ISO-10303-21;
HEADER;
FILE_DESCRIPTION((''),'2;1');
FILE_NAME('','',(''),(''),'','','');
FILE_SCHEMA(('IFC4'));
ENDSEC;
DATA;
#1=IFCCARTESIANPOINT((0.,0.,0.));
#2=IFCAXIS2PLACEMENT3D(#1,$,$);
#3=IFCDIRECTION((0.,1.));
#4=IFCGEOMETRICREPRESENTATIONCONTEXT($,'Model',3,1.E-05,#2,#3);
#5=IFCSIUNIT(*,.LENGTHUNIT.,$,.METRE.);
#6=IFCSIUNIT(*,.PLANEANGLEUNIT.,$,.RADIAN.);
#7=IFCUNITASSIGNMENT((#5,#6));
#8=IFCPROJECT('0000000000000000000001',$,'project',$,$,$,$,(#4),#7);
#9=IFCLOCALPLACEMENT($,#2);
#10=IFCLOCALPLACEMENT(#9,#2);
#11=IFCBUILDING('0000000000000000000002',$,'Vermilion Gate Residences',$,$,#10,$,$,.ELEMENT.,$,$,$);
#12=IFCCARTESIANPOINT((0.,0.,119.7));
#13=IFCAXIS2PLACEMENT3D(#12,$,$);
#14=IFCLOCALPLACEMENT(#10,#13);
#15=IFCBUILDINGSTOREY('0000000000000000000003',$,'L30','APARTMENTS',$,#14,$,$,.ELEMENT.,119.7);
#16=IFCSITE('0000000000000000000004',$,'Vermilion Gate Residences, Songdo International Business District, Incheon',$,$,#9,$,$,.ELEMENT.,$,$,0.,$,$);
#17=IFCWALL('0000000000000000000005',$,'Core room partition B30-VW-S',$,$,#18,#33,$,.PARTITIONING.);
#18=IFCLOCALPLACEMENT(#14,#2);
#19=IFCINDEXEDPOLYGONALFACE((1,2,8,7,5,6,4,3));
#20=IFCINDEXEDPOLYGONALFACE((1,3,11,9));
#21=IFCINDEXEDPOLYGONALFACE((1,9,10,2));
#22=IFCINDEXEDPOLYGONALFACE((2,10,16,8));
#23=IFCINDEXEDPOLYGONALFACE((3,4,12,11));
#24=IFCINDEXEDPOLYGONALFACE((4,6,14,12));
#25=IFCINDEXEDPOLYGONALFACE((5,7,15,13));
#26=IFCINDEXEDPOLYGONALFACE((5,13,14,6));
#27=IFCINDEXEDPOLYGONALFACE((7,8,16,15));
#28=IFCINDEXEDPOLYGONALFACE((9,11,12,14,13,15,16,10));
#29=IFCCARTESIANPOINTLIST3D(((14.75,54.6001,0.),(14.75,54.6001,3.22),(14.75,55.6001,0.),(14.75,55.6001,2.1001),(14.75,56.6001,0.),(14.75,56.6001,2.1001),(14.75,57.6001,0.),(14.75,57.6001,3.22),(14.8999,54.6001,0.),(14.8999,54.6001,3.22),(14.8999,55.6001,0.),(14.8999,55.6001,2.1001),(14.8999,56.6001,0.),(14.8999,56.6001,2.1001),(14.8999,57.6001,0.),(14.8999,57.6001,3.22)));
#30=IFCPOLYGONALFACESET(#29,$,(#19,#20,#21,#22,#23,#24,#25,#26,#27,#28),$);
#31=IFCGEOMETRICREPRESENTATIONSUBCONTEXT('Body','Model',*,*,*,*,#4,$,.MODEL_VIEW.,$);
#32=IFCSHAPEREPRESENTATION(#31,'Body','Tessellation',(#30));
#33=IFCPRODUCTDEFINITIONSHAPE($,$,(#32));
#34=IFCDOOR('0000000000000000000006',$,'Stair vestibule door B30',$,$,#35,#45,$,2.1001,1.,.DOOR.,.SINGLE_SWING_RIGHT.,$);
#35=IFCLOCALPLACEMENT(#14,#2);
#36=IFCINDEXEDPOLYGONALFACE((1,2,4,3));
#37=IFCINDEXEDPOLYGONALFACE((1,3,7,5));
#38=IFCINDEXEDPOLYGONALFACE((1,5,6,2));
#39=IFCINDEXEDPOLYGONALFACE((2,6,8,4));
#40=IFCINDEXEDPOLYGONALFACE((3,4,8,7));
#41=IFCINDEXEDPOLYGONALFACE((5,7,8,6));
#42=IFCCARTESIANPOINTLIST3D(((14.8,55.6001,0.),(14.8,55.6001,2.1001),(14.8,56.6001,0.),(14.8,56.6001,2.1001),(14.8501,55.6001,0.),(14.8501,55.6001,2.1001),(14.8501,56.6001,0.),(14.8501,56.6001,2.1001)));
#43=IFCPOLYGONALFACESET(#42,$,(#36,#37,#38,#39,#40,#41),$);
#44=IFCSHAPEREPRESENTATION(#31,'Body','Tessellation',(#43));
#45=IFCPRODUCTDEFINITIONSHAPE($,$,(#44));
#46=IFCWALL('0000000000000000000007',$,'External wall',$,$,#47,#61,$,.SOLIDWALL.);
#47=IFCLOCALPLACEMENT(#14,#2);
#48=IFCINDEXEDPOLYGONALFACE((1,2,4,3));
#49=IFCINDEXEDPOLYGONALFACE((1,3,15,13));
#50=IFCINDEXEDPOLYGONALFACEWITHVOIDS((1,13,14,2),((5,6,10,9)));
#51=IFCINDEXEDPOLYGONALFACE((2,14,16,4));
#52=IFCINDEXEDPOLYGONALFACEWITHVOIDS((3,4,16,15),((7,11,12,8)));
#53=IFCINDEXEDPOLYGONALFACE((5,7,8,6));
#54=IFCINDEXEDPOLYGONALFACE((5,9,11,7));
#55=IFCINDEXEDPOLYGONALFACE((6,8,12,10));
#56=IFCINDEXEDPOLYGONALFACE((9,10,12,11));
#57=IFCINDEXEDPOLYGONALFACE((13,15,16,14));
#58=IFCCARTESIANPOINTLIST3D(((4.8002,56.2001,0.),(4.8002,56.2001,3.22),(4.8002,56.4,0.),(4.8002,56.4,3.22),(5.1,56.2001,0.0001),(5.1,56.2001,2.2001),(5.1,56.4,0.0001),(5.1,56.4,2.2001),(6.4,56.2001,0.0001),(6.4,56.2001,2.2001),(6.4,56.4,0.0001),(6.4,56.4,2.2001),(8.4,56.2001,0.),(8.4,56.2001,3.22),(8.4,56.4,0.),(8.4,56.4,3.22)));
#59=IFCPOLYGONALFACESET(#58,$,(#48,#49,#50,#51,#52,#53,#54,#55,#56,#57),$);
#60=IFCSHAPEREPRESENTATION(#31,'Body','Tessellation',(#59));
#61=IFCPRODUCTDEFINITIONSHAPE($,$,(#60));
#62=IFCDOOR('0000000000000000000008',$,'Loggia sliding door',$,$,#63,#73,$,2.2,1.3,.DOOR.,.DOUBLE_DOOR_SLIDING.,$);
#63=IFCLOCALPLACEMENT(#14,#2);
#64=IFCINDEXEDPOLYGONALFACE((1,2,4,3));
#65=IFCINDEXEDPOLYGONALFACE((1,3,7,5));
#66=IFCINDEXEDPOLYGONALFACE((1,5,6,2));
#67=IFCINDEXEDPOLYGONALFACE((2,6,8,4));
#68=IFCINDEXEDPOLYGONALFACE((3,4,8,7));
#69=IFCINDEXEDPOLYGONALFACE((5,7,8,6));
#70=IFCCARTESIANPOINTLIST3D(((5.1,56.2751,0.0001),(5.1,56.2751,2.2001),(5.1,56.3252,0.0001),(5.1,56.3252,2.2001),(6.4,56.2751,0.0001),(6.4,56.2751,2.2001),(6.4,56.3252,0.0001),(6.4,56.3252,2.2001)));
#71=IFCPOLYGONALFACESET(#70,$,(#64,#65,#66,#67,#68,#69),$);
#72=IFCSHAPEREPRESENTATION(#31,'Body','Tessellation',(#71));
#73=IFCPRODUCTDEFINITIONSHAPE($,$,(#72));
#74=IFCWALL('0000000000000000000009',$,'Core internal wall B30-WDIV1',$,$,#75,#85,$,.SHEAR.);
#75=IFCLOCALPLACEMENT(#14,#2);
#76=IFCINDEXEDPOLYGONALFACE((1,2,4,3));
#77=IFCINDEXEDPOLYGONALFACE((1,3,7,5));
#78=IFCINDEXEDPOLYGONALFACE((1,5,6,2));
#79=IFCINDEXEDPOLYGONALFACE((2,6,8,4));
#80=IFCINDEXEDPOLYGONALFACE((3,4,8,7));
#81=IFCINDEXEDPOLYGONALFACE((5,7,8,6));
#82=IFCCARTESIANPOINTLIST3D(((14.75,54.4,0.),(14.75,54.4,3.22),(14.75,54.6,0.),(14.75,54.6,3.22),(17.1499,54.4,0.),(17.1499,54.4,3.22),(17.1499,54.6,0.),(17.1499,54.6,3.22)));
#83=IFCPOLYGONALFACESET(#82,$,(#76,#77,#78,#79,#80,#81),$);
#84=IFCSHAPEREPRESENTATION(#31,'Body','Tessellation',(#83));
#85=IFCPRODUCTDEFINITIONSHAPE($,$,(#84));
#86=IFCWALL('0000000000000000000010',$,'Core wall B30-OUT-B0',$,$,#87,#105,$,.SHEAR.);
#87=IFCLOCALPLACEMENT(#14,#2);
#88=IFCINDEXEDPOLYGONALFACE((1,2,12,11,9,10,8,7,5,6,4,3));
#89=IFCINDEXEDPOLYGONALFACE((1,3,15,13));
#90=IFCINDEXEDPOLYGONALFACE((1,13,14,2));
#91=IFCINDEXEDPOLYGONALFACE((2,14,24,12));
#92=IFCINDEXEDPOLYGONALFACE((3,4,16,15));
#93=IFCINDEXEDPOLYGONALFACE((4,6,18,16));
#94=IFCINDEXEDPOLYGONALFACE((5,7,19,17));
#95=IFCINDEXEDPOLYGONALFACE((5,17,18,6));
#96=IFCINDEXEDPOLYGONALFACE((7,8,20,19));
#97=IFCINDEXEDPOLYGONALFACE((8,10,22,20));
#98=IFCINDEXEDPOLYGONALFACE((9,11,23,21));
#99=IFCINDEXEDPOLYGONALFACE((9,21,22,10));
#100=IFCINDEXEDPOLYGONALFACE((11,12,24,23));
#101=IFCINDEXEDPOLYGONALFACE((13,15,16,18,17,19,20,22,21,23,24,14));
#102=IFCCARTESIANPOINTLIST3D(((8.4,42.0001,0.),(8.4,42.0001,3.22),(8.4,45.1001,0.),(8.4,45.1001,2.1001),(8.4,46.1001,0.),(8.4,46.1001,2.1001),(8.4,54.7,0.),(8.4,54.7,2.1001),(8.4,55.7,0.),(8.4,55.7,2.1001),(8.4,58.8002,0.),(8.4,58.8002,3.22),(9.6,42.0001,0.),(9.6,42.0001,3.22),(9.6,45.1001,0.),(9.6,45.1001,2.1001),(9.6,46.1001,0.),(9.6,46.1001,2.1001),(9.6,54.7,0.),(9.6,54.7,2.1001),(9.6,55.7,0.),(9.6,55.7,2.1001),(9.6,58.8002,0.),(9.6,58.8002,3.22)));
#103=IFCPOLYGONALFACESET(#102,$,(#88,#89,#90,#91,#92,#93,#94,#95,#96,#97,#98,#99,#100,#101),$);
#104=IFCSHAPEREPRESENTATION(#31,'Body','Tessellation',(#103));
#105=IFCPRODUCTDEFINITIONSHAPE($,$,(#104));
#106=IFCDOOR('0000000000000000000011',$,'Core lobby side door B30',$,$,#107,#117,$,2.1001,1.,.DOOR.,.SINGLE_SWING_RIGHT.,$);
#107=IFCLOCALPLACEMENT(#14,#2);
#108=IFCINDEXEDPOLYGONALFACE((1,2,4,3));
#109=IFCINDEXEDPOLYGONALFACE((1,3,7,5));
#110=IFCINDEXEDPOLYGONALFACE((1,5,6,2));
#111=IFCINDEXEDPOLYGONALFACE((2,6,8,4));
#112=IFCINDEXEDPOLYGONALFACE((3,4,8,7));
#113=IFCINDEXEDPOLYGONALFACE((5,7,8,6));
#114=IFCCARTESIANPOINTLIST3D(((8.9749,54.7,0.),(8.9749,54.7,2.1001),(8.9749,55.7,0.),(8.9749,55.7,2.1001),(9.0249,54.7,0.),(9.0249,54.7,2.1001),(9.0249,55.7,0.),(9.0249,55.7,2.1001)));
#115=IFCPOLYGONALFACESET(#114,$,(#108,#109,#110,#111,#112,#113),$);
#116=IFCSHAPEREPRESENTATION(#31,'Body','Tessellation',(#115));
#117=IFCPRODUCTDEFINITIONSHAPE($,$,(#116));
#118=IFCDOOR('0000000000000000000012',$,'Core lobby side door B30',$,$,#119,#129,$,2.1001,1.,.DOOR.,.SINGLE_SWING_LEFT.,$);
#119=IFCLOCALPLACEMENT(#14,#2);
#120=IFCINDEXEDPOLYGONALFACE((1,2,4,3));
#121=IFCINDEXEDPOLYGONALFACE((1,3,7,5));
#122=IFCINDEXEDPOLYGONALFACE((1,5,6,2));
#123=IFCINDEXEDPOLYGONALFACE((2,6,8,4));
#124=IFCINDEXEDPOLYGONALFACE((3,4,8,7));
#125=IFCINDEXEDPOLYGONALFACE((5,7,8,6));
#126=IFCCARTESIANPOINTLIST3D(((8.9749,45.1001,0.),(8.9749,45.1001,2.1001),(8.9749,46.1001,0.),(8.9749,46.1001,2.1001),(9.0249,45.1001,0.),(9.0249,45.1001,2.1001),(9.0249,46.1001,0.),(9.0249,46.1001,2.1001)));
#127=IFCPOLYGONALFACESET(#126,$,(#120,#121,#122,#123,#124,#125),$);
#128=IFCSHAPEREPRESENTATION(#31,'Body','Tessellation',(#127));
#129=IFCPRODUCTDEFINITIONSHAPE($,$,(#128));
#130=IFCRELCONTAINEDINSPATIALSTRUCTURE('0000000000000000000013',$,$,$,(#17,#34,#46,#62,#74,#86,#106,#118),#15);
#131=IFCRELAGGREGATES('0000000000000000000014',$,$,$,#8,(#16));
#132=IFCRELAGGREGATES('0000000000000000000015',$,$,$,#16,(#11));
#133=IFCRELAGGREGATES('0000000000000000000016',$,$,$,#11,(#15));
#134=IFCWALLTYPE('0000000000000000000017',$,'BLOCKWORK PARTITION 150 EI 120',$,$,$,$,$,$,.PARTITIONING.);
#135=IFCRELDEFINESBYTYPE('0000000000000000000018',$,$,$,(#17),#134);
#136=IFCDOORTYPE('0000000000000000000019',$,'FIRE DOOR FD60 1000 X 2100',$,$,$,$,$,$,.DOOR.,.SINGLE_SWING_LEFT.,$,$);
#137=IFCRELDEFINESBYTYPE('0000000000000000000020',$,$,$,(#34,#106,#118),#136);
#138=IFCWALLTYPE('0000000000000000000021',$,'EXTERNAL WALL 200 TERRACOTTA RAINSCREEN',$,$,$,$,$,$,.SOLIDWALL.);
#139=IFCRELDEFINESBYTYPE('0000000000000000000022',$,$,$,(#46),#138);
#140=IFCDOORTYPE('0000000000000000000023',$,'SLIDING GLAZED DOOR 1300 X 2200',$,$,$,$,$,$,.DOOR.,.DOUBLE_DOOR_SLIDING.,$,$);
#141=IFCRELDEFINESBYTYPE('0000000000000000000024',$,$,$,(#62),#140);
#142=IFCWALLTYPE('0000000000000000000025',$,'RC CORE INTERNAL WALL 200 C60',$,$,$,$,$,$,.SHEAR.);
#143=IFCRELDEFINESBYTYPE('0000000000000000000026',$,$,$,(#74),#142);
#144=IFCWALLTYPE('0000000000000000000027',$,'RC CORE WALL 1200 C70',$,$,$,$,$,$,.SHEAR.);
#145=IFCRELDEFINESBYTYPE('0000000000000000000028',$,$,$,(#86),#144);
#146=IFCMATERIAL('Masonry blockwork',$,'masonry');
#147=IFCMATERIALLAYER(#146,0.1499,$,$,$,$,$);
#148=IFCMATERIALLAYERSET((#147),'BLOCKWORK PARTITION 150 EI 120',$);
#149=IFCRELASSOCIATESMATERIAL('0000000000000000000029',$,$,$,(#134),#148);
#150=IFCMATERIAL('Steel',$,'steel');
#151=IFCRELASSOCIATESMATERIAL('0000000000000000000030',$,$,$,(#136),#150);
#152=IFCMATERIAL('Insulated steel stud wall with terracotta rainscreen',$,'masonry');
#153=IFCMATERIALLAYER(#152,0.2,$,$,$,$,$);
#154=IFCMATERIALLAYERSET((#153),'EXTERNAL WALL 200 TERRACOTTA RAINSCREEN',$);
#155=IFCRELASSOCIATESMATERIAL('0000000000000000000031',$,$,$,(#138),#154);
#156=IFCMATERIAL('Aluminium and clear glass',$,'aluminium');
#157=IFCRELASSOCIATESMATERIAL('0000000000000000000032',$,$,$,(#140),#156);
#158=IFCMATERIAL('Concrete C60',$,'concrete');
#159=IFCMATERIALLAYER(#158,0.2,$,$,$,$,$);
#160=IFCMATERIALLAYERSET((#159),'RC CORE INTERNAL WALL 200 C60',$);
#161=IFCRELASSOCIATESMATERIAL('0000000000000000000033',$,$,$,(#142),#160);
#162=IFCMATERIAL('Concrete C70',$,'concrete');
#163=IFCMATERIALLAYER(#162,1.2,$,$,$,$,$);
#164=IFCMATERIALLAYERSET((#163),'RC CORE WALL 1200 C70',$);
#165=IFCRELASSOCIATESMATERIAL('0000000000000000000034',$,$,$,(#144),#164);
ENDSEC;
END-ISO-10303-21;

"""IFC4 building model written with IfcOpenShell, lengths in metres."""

from ifc_helpers import new_model, si_unit, direction, frame, frame_2d, origin, place, context, subcontext, project, spatial, rectangle, extrude, material, layer, layer_set, type_object, element, fill, save


model = new_model("IFC4")

# Units and contexts
model_context = context("Model", 3, precision=1e-05, world=origin(), true_north=direction((0.0, 1.0)))
body_context = subcontext(model_context, "Body", "Model", "MODEL_VIEW")
ifc_project = project(units=[si_unit("LENGTHUNIT", "METRE"), si_unit("PLANEANGLEUNIT", "RADIAN")], contexts=[model_context])

# Site, building, storey
site_placement = place(None, origin())
site = spatial("IfcSite", under=ifc_project, at=site_placement, Name="Vermilion Gate Residences, Songdo International Business District, Incheon", CompositionType="ELEMENT", RefElevation=0.0)
building_placement = place(site_placement, origin())
building = spatial("IfcBuilding", under=site, at=building_placement, Name="Vermilion Gate Residences", CompositionType="ELEMENT")
storey_placement = place(building_placement, frame((0.0, 0.0, 119.7)))
storey = spatial("IfcBuildingStorey", under=building, at=storey_placement, Name="L30", Description="APARTMENTS", CompositionType="ELEMENT", Elevation=119.7)

# Walls, openings, doors
ifc_material_1 = material(Name="Masonry blockwork", Category="masonry")
ifc_layer_1 = layer(ifc_material_1, 0.1499)
ifc_layer_set_1 = layer_set([ifc_layer_1], Name="BLOCKWORK PARTITION 150 EI 120")
wall_type_1 = type_object("IfcWallType", Name="BLOCKWORK PARTITION 150 EI 120", PredefinedType="PARTITIONING", material=ifc_layer_set_1)
wall_1_placement = place(storey_placement, frame((14.825, 57.6001, 0.0), z_axis=(0.0, 0.0, 1.0), x_axis=(0.0, -1.0, 0.0)))
wall_1 = element("IfcWall", 1, at=wall_1_placement, inside=storey, type_object=wall_type_1, Name="Core room partition B30-VW-S", PredefinedType="PARTITIONING", context=body_context, shape_type="SweptSolid", body=[
    extrude(rectangle(XDim=3.0, YDim=0.1499, at=frame_2d((1.5, 0.0))), origin(), (0.0, 0.0, 1.0), 3.22),
])
opening_1_placement = place(wall_1_placement, frame((1.0, 0.0, 0.0)))
opening_1 = element("IfcOpeningElement", 2, at=opening_1_placement, cuts=wall_1, PredefinedType="OPENING", context=body_context, shape_type="SweptSolid", body=[
    extrude(rectangle(XDim=1.0, YDim=2.1001, at=frame_2d((0.5, 1.05))), frame((0.0, 0.085, 0.0), z_axis=(0.0, -1.0, 0.0), x_axis=(1.0, 0.0, 0.0)), (0.0, 0.0, 1.0), 0.1699),
])
ifc_material_2 = material(Name="Steel", Category="steel")
door_type_1 = type_object("IfcDoorType", Name="FIRE DOOR FD60 1000 X 2100", OperationType="SINGLE_SWING_LEFT", PredefinedType="DOOR", material=ifc_material_2)
door_1_placement = place(opening_1_placement, frame((1.0, 0.0, 0.0), z_axis=(0.0, 0.0, 1.0), x_axis=(-1.0, 0.0, 0.0)))
door_1 = element("IfcDoor", 3, at=door_1_placement, inside=storey, type_object=door_type_1, Name="Stair vestibule door B30", OperationType="SINGLE_SWING_RIGHT", OverallHeight=2.1001, OverallWidth=1.0, PredefinedType="DOOR", context=body_context, shape_type="SweptSolid", body=[
    extrude(rectangle(XDim=1.0, YDim=2.1001, at=frame_2d((0.5, 1.05))), frame((0.0, 0.0249, 0.0), z_axis=(0.0, -1.0, 0.0), x_axis=(1.0, 0.0, 0.0)), (0.0, 0.0, 1.0), 0.05),
])
fill(opening_1, door_1)
ifc_material_3 = material(Name="Insulated steel stud wall with terracotta rainscreen", Category="masonry")
ifc_layer_2 = layer(ifc_material_3, 0.2)
ifc_layer_set_2 = layer_set([ifc_layer_2], Name="EXTERNAL WALL 200 TERRACOTTA RAINSCREEN")
wall_type_2 = type_object("IfcWallType", Name="EXTERNAL WALL 200 TERRACOTTA RAINSCREEN", PredefinedType="SOLIDWALL", material=ifc_layer_set_2)
wall_2_placement = place(storey_placement, frame((8.3999, 56.3, 0.0), z_axis=(0.0, 0.0, 1.0), x_axis=(-1.0, 0.0, 0.0)))
wall_2 = element("IfcWall", 4, at=wall_2_placement, inside=storey, type_object=wall_type_2, Name="External wall", PredefinedType="SOLIDWALL", context=body_context, shape_type="SweptSolid", body=[
    extrude(rectangle(XDim=3.5999, YDim=0.2, at=frame_2d((1.7998, 0.0))), origin(), (0.0, 0.0, 1.0), 3.22),
])
opening_2_placement = place(wall_2_placement, frame((2.0, 0.0, 0.0)))
opening_2 = element("IfcOpeningElement", 5, at=opening_2_placement, cuts=wall_2, PredefinedType="OPENING", context=body_context, shape_type="SweptSolid", body=[
    extrude(rectangle(XDim=1.3, YDim=2.2, at=frame_2d((0.6499, 1.1001))), frame((0.0, 0.1099, 0.0), z_axis=(0.0, -1.0, 0.0), x_axis=(1.0, 0.0, 0.0)), (0.0, 0.0, 1.0), 0.22),
])
ifc_material_4 = material(Name="Aluminium and clear glass", Category="aluminium")
door_type_2 = type_object("IfcDoorType", Name="SLIDING GLAZED DOOR 1300 X 2200", OperationType="DOUBLE_DOOR_SLIDING", PredefinedType="DOOR", material=ifc_material_4)
door_2_placement = place(opening_2_placement, origin())
door_2 = element("IfcDoor", 6, at=door_2_placement, inside=storey, type_object=door_type_2, Name="Loggia sliding door", OperationType="DOUBLE_DOOR_SLIDING", OverallHeight=2.2, OverallWidth=1.3, PredefinedType="DOOR", context=body_context, shape_type="SweptSolid", body=[
    extrude(rectangle(XDim=1.3, YDim=2.2, at=frame_2d((0.6499, 1.1001))), frame((0.0, 0.0249, 0.0), z_axis=(0.0, -1.0, 0.0), x_axis=(1.0, 0.0, 0.0)), (0.0, 0.0, 1.0), 0.05),
])
fill(opening_2, door_2)

# Wall
ifc_material_5 = material(Name="Concrete C60", Category="concrete")
ifc_layer_3 = layer(ifc_material_5, 0.2)
ifc_layer_set_3 = layer_set([ifc_layer_3], Name="RC CORE INTERNAL WALL 200 C60")
wall_type_3 = type_object("IfcWallType", Name="RC CORE INTERNAL WALL 200 C60", PredefinedType="SHEAR", material=ifc_layer_set_3)
wall_3_placement = place(storey_placement, frame((14.75, 54.5, 0.0), z_axis=(0.0, 0.0, 1.0), x_axis=(1.0, 0.0, 0.0)))
element("IfcWall", 7, at=wall_3_placement, inside=storey, type_object=wall_type_3, Name="Core internal wall B30-WDIV1", PredefinedType="SHEAR", context=body_context, shape_type="SweptSolid", body=[
    extrude(rectangle(XDim=2.3999, YDim=0.2, at=frame_2d((1.2, 0.0))), origin(), (0.0, 0.0, 1.0), 3.22),
])

# Wall, openings, doors
ifc_material_6 = material(Name="Concrete C70", Category="concrete")
ifc_layer_4 = layer(ifc_material_6, 1.2)
ifc_layer_set_4 = layer_set([ifc_layer_4], Name="RC CORE WALL 1200 C70")
wall_type_4 = type_object("IfcWallType", Name="RC CORE WALL 1200 C70", PredefinedType="SHEAR", material=ifc_layer_set_4)
wall_4_placement = place(storey_placement, frame((9.0, 58.8, 0.0), z_axis=(0.0, 0.0, 1.0), x_axis=(0.0, -1.0, 0.0)))
wall_4 = element("IfcWall", 8, at=wall_4_placement, inside=storey, type_object=wall_type_4, Name="Core wall B30-OUT-B0", PredefinedType="SHEAR", context=body_context, shape_type="SweptSolid", body=[
    extrude(rectangle(XDim=16.8, YDim=1.2, at=frame_2d((8.3999, 0.0))), origin(), (0.0, 0.0, 1.0), 3.22),
])
opening_3_placement = place(wall_4_placement, frame((3.1001, 0.0, 0.0)))
opening_3 = element("IfcOpeningElement", 9, at=opening_3_placement, cuts=wall_4, PredefinedType="OPENING", context=body_context, shape_type="SweptSolid", body=[
    extrude(rectangle(XDim=1.0, YDim=2.1001, at=frame_2d((0.5, 1.05))), frame((0.0, 0.6099, 0.0), z_axis=(0.0, -1.0, 0.0), x_axis=(1.0, 0.0, 0.0)), (0.0, 0.0, 1.0), 1.22),
])
opening_4_placement = place(wall_4_placement, frame((12.7, 0.0, 0.0)))
opening_4 = element("IfcOpeningElement", 10, at=opening_4_placement, cuts=wall_4, PredefinedType="OPENING", context=body_context, shape_type="SweptSolid", body=[
    extrude(rectangle(XDim=1.0, YDim=2.1001, at=frame_2d((0.5, 1.05))), frame((0.0, 0.6099, 0.0), z_axis=(0.0, -1.0, 0.0), x_axis=(1.0, 0.0, 0.0)), (0.0, 0.0, 1.0), 1.22),
])
door_3_placement = place(opening_3_placement, origin())
door_3 = element("IfcDoor", 11, at=door_3_placement, inside=storey, type_object=door_type_1, Name="Core lobby side door B30", OperationType="SINGLE_SWING_RIGHT", OverallHeight=2.1001, OverallWidth=1.0, PredefinedType="DOOR", context=body_context, shape_type="SweptSolid", body=[
    extrude(rectangle(XDim=1.0, YDim=2.1001, at=frame_2d((0.5, 1.05))), frame((0.0, 0.0249, 0.0), z_axis=(0.0, -1.0, 0.0), x_axis=(1.0, 0.0, 0.0)), (0.0, 0.0, 1.0), 0.05),
])
fill(opening_3, door_3)
door_4_placement = place(opening_4_placement, origin())
door_4 = element("IfcDoor", 12, at=door_4_placement, inside=storey, type_object=door_type_1, Name="Core lobby side door B30", OperationType="SINGLE_SWING_LEFT", OverallHeight=2.1001, OverallWidth=1.0, PredefinedType="DOOR", context=body_context, shape_type="SweptSolid", body=[
    extrude(rectangle(XDim=1.0, YDim=2.1001, at=frame_2d((0.5, 1.05))), frame((0.0, 0.0249, 0.0), z_axis=(0.0, -1.0, 0.0), x_axis=(1.0, 0.0, 0.0)), (0.0, 0.0, 1.0), 0.05),
])
fill(opening_4, door_4)

save(model, "model.ifc")
